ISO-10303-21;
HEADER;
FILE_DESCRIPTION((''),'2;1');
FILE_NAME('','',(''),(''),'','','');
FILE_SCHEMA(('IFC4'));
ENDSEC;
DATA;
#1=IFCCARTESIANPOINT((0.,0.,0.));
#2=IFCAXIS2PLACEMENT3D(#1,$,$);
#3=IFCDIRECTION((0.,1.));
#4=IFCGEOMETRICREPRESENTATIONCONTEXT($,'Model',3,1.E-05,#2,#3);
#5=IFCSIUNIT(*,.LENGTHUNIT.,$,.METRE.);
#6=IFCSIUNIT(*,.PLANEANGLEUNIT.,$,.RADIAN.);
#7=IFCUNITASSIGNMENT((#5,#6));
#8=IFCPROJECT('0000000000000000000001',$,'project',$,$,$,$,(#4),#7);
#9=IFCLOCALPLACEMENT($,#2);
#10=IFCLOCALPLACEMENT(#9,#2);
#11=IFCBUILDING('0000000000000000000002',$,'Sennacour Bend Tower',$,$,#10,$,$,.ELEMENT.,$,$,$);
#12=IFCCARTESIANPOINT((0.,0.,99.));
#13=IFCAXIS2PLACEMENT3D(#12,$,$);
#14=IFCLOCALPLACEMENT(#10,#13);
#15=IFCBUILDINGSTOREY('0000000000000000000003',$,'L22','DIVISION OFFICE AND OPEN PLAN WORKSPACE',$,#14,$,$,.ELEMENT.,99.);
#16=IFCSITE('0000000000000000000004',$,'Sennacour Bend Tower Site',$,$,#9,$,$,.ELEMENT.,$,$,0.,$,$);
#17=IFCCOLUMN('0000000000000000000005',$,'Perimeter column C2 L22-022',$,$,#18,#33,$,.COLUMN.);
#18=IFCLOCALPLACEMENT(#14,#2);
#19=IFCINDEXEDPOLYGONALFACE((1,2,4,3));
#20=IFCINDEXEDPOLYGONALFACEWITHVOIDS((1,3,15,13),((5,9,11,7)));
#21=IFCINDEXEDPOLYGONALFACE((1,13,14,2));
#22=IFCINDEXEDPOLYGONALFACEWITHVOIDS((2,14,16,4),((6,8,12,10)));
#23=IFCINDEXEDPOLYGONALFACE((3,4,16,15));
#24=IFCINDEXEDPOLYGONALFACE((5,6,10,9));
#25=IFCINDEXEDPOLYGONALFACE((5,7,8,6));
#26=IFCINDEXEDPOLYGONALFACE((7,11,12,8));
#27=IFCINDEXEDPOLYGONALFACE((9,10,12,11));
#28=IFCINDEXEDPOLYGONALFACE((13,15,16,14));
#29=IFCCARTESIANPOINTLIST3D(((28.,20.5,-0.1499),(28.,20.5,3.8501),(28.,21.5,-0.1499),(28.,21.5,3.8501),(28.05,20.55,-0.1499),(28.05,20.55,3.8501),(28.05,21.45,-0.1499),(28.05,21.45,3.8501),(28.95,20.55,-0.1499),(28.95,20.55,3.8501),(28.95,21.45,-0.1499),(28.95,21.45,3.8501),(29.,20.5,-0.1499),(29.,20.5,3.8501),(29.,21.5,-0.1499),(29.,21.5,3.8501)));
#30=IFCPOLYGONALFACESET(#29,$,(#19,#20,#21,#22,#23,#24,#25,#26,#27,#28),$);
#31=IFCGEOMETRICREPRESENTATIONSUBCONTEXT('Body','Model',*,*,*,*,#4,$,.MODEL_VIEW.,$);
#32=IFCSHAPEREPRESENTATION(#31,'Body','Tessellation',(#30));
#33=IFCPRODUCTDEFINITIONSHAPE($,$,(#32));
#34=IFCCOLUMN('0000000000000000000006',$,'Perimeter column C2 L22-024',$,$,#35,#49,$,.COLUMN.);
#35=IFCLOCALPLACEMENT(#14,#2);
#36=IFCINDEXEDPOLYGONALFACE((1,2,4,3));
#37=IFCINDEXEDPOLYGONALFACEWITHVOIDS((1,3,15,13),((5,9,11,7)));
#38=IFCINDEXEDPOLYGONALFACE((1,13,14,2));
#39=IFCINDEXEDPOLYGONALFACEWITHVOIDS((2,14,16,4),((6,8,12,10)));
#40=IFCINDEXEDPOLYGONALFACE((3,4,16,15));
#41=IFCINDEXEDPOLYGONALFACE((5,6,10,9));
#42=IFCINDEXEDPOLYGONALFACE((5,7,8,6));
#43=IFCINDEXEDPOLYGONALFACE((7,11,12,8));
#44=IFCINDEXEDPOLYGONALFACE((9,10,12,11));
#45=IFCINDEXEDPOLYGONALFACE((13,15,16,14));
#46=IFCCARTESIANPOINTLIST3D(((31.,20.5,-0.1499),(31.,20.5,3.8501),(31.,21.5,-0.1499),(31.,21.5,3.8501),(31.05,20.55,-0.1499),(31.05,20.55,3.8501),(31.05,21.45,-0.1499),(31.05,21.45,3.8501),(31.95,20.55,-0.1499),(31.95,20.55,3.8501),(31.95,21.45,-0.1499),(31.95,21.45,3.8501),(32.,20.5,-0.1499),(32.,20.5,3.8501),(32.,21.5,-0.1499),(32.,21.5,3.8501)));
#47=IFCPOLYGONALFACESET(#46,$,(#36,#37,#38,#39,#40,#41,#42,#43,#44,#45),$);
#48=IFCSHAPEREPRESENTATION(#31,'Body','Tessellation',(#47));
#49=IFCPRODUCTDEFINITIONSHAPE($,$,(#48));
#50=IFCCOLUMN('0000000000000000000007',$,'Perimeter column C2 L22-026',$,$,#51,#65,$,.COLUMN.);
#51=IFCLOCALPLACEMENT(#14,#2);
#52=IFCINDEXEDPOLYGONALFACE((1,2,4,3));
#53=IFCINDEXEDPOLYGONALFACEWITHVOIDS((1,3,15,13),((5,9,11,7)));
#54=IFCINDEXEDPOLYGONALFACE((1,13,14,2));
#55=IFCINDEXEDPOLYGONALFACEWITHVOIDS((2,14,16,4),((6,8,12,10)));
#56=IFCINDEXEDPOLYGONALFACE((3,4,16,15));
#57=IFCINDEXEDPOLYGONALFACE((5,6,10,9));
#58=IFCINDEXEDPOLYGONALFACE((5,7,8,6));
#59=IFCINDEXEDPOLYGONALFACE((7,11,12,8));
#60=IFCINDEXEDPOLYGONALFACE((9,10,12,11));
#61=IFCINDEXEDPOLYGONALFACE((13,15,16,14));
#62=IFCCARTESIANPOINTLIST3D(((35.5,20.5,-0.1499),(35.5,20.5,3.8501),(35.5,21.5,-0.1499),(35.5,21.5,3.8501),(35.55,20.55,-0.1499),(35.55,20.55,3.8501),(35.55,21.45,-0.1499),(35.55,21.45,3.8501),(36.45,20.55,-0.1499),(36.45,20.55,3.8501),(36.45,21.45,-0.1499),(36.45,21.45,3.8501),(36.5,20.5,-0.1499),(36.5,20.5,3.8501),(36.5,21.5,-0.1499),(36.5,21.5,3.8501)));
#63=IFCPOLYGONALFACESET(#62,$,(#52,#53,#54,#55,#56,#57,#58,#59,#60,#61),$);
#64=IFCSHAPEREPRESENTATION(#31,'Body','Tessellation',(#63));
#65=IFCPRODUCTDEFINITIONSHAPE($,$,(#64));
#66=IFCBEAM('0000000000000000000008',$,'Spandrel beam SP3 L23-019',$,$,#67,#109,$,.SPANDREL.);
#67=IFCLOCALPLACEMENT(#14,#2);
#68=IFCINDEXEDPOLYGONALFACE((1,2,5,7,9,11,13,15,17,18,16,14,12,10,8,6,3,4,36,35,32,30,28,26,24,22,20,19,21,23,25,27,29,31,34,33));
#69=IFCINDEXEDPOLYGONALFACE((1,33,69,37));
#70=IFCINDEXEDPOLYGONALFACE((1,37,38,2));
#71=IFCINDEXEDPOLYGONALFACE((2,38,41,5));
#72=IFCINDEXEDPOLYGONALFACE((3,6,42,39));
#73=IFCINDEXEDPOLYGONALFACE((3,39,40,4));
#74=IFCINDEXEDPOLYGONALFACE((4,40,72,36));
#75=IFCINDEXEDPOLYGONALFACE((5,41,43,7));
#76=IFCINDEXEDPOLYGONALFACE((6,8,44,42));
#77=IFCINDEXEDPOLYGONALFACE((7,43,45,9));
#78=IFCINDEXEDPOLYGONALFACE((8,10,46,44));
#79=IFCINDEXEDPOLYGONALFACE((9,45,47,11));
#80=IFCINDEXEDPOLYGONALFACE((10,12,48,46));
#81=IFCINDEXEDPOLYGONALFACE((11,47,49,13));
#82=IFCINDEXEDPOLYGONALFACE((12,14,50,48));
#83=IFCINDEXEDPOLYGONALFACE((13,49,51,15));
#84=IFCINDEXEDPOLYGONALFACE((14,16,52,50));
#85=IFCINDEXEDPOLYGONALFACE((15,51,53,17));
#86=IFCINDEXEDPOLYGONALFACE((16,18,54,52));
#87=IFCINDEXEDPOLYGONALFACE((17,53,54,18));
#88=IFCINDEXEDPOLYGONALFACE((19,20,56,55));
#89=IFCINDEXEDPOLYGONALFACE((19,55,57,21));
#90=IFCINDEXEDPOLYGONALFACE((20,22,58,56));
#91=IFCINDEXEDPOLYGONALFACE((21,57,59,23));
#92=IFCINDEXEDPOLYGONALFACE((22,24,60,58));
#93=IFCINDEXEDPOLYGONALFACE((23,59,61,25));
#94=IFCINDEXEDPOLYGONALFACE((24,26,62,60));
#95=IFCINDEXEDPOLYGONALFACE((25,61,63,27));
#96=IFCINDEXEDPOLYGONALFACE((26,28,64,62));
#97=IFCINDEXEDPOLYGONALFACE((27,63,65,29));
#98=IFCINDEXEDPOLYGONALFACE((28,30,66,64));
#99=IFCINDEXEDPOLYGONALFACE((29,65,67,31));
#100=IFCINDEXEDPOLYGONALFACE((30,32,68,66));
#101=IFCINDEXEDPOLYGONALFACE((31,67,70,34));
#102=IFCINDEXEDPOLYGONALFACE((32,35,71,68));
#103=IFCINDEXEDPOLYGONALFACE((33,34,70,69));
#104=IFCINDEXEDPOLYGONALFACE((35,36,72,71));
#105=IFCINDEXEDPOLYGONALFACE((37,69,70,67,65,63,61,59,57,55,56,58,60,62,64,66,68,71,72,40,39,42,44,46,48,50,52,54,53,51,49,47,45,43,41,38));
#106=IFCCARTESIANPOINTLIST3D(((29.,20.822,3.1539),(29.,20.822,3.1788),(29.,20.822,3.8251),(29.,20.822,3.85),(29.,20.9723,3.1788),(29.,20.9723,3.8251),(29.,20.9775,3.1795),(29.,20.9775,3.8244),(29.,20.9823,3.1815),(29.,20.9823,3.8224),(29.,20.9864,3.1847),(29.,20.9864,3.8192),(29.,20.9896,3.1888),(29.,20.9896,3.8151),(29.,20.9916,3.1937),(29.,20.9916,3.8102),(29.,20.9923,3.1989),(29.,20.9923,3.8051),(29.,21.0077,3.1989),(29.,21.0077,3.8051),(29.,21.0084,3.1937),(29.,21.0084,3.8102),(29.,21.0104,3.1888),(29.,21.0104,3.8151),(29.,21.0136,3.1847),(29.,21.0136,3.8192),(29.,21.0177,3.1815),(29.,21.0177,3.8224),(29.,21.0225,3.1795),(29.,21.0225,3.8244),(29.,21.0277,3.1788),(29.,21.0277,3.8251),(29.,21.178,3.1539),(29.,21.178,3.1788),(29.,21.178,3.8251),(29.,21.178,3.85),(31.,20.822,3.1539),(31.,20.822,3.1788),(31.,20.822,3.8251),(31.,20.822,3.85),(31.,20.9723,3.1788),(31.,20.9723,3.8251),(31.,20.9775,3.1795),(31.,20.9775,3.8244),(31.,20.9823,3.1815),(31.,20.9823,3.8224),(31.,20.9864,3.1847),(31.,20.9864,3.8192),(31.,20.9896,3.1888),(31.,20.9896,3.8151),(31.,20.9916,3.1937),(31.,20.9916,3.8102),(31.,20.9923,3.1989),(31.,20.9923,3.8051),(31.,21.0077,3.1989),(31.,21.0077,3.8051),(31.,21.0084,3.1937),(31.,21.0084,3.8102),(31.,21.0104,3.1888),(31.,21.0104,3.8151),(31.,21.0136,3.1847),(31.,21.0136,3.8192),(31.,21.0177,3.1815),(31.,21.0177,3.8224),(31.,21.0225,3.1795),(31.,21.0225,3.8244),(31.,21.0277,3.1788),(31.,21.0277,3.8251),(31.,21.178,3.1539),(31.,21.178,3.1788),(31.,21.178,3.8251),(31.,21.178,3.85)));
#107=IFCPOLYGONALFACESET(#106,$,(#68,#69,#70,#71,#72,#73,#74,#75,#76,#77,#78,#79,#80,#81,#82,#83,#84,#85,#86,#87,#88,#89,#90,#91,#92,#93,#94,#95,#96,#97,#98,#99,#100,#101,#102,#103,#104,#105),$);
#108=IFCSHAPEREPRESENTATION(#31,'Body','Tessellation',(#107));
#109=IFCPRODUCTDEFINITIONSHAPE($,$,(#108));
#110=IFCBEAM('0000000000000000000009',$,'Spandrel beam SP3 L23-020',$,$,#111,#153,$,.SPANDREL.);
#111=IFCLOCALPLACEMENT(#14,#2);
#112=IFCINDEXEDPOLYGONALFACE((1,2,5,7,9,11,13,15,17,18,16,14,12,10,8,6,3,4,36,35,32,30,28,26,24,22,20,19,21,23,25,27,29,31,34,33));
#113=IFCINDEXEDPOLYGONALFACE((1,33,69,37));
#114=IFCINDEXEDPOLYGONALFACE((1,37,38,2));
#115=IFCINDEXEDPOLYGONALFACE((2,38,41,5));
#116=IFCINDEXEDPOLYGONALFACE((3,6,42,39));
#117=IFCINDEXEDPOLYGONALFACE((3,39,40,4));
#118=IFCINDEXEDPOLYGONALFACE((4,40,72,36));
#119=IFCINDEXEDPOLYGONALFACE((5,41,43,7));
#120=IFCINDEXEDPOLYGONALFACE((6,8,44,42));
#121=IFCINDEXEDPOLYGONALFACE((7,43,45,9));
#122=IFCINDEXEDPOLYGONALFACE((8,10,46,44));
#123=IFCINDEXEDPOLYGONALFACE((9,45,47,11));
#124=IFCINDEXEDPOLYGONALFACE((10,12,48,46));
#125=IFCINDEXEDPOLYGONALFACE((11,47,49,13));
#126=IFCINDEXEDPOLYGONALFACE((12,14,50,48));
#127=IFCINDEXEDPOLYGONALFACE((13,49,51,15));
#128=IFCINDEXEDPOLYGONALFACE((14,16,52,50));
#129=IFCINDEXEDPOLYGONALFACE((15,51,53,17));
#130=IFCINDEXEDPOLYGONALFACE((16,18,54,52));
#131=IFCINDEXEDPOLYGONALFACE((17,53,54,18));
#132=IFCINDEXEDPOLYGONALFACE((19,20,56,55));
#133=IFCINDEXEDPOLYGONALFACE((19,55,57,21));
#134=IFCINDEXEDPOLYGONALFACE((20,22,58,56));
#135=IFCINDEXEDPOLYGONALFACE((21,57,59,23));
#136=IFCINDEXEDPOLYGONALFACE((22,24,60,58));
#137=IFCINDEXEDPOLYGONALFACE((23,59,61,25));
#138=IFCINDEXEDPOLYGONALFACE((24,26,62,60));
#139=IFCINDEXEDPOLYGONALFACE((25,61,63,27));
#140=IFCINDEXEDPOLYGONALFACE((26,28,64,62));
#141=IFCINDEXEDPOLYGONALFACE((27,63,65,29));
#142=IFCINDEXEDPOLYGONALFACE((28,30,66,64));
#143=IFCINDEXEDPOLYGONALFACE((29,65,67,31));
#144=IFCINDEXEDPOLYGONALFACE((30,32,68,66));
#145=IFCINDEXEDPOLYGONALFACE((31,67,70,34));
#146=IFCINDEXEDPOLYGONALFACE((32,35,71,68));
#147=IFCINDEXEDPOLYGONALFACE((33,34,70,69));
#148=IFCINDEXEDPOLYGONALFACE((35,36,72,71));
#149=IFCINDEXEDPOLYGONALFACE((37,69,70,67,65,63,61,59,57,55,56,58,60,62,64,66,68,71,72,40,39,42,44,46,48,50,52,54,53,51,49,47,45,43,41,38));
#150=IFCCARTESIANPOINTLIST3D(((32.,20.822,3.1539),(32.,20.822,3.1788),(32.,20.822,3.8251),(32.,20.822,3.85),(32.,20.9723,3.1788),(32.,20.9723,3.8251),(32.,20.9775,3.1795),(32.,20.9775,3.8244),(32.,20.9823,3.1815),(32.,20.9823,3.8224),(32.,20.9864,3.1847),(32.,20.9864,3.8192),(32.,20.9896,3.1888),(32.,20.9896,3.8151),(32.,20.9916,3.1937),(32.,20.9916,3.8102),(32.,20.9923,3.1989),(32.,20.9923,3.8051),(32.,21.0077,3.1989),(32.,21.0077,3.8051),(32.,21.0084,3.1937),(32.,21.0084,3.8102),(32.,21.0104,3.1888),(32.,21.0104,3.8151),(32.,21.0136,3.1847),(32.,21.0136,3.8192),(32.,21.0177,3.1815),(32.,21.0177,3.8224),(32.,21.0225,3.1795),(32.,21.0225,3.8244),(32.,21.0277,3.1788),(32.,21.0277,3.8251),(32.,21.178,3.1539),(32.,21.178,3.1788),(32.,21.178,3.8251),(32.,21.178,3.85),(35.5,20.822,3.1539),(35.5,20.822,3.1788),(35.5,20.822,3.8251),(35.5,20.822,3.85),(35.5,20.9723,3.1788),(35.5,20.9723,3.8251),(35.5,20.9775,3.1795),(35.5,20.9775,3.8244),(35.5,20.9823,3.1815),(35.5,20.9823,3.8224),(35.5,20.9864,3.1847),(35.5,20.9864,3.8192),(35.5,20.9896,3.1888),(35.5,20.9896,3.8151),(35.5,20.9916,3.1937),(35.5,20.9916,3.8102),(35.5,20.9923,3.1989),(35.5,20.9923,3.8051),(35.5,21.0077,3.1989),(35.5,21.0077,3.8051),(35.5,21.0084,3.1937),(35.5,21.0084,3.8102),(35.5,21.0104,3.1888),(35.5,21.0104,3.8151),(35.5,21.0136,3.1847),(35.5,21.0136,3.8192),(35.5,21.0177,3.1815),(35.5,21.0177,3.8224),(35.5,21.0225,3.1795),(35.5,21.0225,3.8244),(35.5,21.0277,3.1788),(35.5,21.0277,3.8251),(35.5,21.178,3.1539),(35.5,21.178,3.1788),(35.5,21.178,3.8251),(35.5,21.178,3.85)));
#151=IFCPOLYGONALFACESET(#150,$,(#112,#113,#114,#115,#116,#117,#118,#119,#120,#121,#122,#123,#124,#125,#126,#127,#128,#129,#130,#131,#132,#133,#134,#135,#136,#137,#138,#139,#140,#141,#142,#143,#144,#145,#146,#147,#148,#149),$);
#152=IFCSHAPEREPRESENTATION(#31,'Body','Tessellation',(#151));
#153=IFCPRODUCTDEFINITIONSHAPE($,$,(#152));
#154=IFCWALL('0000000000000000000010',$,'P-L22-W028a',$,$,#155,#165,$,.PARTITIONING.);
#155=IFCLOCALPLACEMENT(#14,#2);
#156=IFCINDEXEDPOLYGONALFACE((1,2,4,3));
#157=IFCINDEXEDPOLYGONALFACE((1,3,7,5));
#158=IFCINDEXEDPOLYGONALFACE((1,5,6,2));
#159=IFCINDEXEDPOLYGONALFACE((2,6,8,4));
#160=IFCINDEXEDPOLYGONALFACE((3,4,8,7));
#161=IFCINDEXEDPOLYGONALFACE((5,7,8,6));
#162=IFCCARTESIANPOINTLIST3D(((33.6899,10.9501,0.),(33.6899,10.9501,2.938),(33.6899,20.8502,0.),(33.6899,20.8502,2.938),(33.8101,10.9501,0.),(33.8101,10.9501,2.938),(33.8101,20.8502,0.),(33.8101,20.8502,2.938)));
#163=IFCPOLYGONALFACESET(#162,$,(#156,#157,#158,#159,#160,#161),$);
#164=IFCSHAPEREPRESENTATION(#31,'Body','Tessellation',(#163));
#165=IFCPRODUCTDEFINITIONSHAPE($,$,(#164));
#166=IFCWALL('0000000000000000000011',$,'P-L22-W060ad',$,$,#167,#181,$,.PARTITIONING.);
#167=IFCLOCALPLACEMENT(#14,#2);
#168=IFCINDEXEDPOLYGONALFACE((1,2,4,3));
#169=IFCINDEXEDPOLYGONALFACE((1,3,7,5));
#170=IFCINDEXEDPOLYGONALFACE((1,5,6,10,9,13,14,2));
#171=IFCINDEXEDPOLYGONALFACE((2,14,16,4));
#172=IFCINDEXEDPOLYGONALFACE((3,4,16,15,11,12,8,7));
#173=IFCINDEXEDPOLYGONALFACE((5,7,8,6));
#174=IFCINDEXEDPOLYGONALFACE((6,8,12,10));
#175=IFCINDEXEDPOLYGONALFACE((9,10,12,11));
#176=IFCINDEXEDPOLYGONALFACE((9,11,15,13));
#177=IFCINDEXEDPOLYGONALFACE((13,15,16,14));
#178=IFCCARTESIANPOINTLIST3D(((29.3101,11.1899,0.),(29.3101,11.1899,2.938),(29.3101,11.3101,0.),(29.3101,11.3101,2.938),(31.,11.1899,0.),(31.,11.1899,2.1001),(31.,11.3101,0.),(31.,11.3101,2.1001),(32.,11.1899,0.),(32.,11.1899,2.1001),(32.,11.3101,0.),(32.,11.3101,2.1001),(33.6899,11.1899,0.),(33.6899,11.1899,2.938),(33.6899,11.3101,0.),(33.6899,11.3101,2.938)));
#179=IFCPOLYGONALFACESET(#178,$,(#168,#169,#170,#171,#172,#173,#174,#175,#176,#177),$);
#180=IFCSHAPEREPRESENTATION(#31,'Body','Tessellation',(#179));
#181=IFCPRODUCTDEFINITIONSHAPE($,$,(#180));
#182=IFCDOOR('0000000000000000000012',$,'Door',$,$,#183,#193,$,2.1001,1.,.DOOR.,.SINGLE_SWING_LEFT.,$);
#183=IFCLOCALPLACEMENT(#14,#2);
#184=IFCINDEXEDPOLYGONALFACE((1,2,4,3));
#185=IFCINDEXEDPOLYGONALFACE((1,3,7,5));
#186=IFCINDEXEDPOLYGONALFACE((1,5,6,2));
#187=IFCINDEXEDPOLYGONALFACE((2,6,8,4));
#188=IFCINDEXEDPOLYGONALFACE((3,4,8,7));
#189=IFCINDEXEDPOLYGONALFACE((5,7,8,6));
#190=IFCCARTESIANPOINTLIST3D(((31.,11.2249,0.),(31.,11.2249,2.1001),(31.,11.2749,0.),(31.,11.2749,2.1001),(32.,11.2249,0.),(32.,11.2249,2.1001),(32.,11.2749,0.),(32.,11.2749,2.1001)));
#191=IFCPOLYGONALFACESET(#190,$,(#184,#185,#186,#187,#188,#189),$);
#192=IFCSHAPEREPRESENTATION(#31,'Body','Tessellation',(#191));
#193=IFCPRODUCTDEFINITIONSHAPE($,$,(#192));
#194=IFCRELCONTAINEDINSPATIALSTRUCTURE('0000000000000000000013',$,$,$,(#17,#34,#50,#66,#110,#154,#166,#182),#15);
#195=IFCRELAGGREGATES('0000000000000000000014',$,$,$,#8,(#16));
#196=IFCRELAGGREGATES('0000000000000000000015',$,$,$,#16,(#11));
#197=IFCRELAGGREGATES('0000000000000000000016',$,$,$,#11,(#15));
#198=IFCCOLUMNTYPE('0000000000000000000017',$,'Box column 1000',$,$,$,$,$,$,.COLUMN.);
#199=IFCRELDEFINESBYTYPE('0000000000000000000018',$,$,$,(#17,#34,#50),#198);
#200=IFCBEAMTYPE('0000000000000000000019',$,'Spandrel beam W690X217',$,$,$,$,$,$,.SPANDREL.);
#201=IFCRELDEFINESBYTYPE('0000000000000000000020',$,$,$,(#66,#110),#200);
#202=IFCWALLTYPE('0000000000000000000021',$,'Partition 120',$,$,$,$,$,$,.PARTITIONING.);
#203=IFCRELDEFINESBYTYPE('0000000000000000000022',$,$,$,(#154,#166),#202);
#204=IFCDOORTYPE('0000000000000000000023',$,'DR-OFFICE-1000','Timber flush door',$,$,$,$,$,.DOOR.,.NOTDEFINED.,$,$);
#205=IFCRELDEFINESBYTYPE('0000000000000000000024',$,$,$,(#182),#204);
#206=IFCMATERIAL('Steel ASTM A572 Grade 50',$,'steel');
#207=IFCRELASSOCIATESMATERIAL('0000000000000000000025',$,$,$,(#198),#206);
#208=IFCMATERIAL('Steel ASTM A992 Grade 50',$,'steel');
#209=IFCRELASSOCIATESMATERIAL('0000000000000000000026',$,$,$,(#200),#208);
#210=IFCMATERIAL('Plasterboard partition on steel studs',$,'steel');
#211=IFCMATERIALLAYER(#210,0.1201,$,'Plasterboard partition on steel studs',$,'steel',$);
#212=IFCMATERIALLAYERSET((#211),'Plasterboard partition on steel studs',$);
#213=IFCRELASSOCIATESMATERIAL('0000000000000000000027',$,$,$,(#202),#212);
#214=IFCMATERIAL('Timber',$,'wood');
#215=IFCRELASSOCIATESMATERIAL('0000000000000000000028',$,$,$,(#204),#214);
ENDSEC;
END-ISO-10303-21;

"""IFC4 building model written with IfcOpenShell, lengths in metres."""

from ifc_helpers import new_model, si_unit, direction, frame, frame_2d, origin, origin_2d, place, context, subcontext, project, spatial, rectangle, hollow_rectangle, i_section, extrude, material, layer, layer_set, material_profile, profile_set, type_object, element, fill, save


model = new_model("IFC4")

# Units and contexts
model_context = context("Model", 3, precision=1e-05, world=origin(), true_north=direction((0.0, 1.0)))
body_context = subcontext(model_context, "Body", "Model", "MODEL_VIEW")
ifc_project = project(units=[si_unit("LENGTHUNIT", "METRE"), si_unit("PLANEANGLEUNIT", "RADIAN")], contexts=[model_context])

# Site, building, storey
site_placement = place(None, origin())
site = spatial("IfcSite", under=ifc_project, at=site_placement, Name="Sennacour Bend Tower Site", CompositionType="ELEMENT", RefElevation=0.0)
building_placement = place(site_placement, origin())
building = spatial("IfcBuilding", under=site, at=building_placement, Name="Sennacour Bend Tower", CompositionType="ELEMENT")
storey_placement = place(building_placement, frame((0.0, 0.0, 99.0)))
storey = spatial("IfcBuildingStorey", under=building, at=storey_placement, Name="L22", Description="DIVISION OFFICE AND OPEN PLAN WORKSPACE", CompositionType="ELEMENT", Elevation=99.0)

# Columns
ifc_material_1 = material(Name="Steel ASTM A572 Grade 50", Category="steel")
ifc_material_profile_1 = material_profile(ifc_material_1, hollow_rectangle(XDim=1.0, YDim=1.0, WallThickness=0.05, at=origin_2d()), Name="Steel ASTM A572 Grade 50", Category="steel")
ifc_profile_set_1 = profile_set([ifc_material_profile_1], Name="Steel ASTM A572 Grade 50")
column_type = type_object("IfcColumnType", Name="Box column 1000", PredefinedType="COLUMN", material=ifc_profile_set_1)
for number, where, z_axis, x_axis, name in (
    (1, (28.5, 21.0, -0.1499), (0.0, 0.0, 1.0), (1.0, 0.0, 0.0), "Perimeter column C2 L22-022"),
    (2, (31.5, 21.0, -0.1499), (0.0, 0.0, 1.0), (1.0, 0.0, 0.0), "Perimeter column C2 L22-024"),
    (3, (36.0, 21.0, -0.1499), (0.0, 0.0, 1.0), (1.0, 0.0, 0.0), "Perimeter column C2 L22-026"),
):
    element("IfcColumn", number, at=place(storey_placement, frame(where, z_axis=z_axis, x_axis=x_axis)), inside=storey, type_object=column_type, Name=name, PredefinedType="COLUMN", context=body_context, shape_type="SweptSolid", body=[
        extrude(hollow_rectangle(XDim=1.0, YDim=1.0, WallThickness=0.05, at=origin_2d()), origin(), (0.0, 0.0, 1.0), 4.0),
    ])

# Beams
ifc_material_2 = material(Name="Steel ASTM A992 Grade 50", Category="steel")
ifc_material_profile_2 = material_profile(ifc_material_2, i_section(OverallWidth=0.356, OverallDepth=0.696, WebThickness=0.0154, FlangeThickness=0.0249, FilletRadius=0.02, at=origin_2d()), Name="Steel ASTM A992 Grade 50", Category="steel")
ifc_profile_set_2 = profile_set([ifc_material_profile_2], Name="Steel ASTM A992 Grade 50")
beam_type = type_object("IfcBeamType", Name="Spandrel beam W690X217", PredefinedType="SPANDREL", material=ifc_profile_set_2)
beam_1_placement = place(storey_placement, frame((29.0, 21.0, 3.502), z_axis=(1.0, 0.0, 0.0), x_axis=(0.0, 1.0, 0.0)))
element("IfcBeam", 4, at=beam_1_placement, inside=storey, type_object=beam_type, Name="Spandrel beam SP3 L23-019", PredefinedType="SPANDREL", context=body_context, shape_type="SweptSolid", body=[
    extrude(i_section(OverallWidth=0.356, OverallDepth=0.696, WebThickness=0.0154, FlangeThickness=0.0249, FilletRadius=0.02, at=origin_2d()), origin(), (0.0, 0.0, 1.0), 2.0),
])
beam_2_placement = place(storey_placement, frame((32.0, 21.0, 3.502), z_axis=(1.0, 0.0, 0.0), x_axis=(0.0, 1.0, 0.0)))
element("IfcBeam", 5, at=beam_2_placement, inside=storey, type_object=beam_type, Name="Spandrel beam SP3 L23-020", PredefinedType="SPANDREL", context=body_context, shape_type="SweptSolid", body=[
    extrude(i_section(OverallWidth=0.356, OverallDepth=0.696, WebThickness=0.0154, FlangeThickness=0.0249, FilletRadius=0.02, at=origin_2d()), origin(), (0.0, 0.0, 1.0), 3.5),
])

# Wall
ifc_material_3 = material(Name="Plasterboard partition on steel studs", Category="steel")
ifc_layer_1 = layer(ifc_material_3, 0.1201, Name="Plasterboard partition on steel studs", Category="steel")
ifc_layer_set_1 = layer_set([ifc_layer_1], Name="Plasterboard partition on steel studs")
wall_type_1 = type_object("IfcWallType", Name="Partition 120", PredefinedType="PARTITIONING", material=ifc_layer_set_1)
wall_1_placement = place(storey_placement, frame((33.75, 10.95, 0.0), z_axis=(0.0, 0.0, 1.0), x_axis=(0.0, 1.0, 0.0)))
element("IfcWall", 6, at=wall_1_placement, inside=storey, type_object=wall_type_1, Name="P-L22-W028a", PredefinedType="PARTITIONING", context=body_context, shape_type="SweptSolid", body=[
    extrude(rectangle(XDim=9.9001, YDim=0.1201, at=frame_2d((4.9502, 0.0))), origin(), (0.0, 0.0, 1.0), 2.938),
])

# Wall, opening, door
wall_2_placement = place(storey_placement, frame((29.3101, 11.25, 0.0), z_axis=(0.0, 0.0, 1.0), x_axis=(1.0, 0.0, 0.0)))
wall_2 = element("IfcWall", 7, at=wall_2_placement, inside=storey, type_object=wall_type_1, Name="P-L22-W060ad", PredefinedType="PARTITIONING", context=body_context, shape_type="SweptSolid", body=[
    extrude(rectangle(XDim=4.3799, YDim=0.1201, at=frame_2d((2.1899, 0.0))), origin(), (0.0, 0.0, 1.0), 2.938),
])
opening_1_placement = place(wall_2_placement, frame((1.6899, 0.0, 0.0)))
opening_1 = element("IfcOpeningElement", 8, at=opening_1_placement, cuts=wall_2, PredefinedType="OPENING", context=body_context, shape_type="SweptSolid", body=[
    extrude(rectangle(XDim=1.0, YDim=2.1001, at=frame_2d((0.5, 1.05))), frame((0.0, 0.0701, 0.0), z_axis=(0.0, -1.0, 0.0), x_axis=(1.0, 0.0, 0.0)), (0.0, 0.0, 1.0), 0.1401),
])
ifc_material_4 = material(Name="Timber", Category="wood")
door_type = type_object("IfcDoorType", Name="DR-OFFICE-1000", Description="Timber flush door", OperationType="NOTDEFINED", PredefinedType="DOOR", material=ifc_material_4)
door_1_placement = place(opening_1_placement, origin())
door_1 = element("IfcDoor", 9, at=door_1_placement, inside=storey, type_object=door_type, Name="Door", OperationType="SINGLE_SWING_LEFT", OverallHeight=2.1001, OverallWidth=1.0, PredefinedType="DOOR", context=body_context, shape_type="SweptSolid", body=[
    extrude(rectangle(XDim=1.0, YDim=2.1001, at=frame_2d((0.5, 1.05))), frame((0.0, 0.0249, 0.0), z_axis=(0.0, -1.0, 0.0), x_axis=(1.0, 0.0, 0.0)), (0.0, 0.0, 1.0), 0.05),
])
fill(opening_1, door_1)

save(model, "model.ifc")
